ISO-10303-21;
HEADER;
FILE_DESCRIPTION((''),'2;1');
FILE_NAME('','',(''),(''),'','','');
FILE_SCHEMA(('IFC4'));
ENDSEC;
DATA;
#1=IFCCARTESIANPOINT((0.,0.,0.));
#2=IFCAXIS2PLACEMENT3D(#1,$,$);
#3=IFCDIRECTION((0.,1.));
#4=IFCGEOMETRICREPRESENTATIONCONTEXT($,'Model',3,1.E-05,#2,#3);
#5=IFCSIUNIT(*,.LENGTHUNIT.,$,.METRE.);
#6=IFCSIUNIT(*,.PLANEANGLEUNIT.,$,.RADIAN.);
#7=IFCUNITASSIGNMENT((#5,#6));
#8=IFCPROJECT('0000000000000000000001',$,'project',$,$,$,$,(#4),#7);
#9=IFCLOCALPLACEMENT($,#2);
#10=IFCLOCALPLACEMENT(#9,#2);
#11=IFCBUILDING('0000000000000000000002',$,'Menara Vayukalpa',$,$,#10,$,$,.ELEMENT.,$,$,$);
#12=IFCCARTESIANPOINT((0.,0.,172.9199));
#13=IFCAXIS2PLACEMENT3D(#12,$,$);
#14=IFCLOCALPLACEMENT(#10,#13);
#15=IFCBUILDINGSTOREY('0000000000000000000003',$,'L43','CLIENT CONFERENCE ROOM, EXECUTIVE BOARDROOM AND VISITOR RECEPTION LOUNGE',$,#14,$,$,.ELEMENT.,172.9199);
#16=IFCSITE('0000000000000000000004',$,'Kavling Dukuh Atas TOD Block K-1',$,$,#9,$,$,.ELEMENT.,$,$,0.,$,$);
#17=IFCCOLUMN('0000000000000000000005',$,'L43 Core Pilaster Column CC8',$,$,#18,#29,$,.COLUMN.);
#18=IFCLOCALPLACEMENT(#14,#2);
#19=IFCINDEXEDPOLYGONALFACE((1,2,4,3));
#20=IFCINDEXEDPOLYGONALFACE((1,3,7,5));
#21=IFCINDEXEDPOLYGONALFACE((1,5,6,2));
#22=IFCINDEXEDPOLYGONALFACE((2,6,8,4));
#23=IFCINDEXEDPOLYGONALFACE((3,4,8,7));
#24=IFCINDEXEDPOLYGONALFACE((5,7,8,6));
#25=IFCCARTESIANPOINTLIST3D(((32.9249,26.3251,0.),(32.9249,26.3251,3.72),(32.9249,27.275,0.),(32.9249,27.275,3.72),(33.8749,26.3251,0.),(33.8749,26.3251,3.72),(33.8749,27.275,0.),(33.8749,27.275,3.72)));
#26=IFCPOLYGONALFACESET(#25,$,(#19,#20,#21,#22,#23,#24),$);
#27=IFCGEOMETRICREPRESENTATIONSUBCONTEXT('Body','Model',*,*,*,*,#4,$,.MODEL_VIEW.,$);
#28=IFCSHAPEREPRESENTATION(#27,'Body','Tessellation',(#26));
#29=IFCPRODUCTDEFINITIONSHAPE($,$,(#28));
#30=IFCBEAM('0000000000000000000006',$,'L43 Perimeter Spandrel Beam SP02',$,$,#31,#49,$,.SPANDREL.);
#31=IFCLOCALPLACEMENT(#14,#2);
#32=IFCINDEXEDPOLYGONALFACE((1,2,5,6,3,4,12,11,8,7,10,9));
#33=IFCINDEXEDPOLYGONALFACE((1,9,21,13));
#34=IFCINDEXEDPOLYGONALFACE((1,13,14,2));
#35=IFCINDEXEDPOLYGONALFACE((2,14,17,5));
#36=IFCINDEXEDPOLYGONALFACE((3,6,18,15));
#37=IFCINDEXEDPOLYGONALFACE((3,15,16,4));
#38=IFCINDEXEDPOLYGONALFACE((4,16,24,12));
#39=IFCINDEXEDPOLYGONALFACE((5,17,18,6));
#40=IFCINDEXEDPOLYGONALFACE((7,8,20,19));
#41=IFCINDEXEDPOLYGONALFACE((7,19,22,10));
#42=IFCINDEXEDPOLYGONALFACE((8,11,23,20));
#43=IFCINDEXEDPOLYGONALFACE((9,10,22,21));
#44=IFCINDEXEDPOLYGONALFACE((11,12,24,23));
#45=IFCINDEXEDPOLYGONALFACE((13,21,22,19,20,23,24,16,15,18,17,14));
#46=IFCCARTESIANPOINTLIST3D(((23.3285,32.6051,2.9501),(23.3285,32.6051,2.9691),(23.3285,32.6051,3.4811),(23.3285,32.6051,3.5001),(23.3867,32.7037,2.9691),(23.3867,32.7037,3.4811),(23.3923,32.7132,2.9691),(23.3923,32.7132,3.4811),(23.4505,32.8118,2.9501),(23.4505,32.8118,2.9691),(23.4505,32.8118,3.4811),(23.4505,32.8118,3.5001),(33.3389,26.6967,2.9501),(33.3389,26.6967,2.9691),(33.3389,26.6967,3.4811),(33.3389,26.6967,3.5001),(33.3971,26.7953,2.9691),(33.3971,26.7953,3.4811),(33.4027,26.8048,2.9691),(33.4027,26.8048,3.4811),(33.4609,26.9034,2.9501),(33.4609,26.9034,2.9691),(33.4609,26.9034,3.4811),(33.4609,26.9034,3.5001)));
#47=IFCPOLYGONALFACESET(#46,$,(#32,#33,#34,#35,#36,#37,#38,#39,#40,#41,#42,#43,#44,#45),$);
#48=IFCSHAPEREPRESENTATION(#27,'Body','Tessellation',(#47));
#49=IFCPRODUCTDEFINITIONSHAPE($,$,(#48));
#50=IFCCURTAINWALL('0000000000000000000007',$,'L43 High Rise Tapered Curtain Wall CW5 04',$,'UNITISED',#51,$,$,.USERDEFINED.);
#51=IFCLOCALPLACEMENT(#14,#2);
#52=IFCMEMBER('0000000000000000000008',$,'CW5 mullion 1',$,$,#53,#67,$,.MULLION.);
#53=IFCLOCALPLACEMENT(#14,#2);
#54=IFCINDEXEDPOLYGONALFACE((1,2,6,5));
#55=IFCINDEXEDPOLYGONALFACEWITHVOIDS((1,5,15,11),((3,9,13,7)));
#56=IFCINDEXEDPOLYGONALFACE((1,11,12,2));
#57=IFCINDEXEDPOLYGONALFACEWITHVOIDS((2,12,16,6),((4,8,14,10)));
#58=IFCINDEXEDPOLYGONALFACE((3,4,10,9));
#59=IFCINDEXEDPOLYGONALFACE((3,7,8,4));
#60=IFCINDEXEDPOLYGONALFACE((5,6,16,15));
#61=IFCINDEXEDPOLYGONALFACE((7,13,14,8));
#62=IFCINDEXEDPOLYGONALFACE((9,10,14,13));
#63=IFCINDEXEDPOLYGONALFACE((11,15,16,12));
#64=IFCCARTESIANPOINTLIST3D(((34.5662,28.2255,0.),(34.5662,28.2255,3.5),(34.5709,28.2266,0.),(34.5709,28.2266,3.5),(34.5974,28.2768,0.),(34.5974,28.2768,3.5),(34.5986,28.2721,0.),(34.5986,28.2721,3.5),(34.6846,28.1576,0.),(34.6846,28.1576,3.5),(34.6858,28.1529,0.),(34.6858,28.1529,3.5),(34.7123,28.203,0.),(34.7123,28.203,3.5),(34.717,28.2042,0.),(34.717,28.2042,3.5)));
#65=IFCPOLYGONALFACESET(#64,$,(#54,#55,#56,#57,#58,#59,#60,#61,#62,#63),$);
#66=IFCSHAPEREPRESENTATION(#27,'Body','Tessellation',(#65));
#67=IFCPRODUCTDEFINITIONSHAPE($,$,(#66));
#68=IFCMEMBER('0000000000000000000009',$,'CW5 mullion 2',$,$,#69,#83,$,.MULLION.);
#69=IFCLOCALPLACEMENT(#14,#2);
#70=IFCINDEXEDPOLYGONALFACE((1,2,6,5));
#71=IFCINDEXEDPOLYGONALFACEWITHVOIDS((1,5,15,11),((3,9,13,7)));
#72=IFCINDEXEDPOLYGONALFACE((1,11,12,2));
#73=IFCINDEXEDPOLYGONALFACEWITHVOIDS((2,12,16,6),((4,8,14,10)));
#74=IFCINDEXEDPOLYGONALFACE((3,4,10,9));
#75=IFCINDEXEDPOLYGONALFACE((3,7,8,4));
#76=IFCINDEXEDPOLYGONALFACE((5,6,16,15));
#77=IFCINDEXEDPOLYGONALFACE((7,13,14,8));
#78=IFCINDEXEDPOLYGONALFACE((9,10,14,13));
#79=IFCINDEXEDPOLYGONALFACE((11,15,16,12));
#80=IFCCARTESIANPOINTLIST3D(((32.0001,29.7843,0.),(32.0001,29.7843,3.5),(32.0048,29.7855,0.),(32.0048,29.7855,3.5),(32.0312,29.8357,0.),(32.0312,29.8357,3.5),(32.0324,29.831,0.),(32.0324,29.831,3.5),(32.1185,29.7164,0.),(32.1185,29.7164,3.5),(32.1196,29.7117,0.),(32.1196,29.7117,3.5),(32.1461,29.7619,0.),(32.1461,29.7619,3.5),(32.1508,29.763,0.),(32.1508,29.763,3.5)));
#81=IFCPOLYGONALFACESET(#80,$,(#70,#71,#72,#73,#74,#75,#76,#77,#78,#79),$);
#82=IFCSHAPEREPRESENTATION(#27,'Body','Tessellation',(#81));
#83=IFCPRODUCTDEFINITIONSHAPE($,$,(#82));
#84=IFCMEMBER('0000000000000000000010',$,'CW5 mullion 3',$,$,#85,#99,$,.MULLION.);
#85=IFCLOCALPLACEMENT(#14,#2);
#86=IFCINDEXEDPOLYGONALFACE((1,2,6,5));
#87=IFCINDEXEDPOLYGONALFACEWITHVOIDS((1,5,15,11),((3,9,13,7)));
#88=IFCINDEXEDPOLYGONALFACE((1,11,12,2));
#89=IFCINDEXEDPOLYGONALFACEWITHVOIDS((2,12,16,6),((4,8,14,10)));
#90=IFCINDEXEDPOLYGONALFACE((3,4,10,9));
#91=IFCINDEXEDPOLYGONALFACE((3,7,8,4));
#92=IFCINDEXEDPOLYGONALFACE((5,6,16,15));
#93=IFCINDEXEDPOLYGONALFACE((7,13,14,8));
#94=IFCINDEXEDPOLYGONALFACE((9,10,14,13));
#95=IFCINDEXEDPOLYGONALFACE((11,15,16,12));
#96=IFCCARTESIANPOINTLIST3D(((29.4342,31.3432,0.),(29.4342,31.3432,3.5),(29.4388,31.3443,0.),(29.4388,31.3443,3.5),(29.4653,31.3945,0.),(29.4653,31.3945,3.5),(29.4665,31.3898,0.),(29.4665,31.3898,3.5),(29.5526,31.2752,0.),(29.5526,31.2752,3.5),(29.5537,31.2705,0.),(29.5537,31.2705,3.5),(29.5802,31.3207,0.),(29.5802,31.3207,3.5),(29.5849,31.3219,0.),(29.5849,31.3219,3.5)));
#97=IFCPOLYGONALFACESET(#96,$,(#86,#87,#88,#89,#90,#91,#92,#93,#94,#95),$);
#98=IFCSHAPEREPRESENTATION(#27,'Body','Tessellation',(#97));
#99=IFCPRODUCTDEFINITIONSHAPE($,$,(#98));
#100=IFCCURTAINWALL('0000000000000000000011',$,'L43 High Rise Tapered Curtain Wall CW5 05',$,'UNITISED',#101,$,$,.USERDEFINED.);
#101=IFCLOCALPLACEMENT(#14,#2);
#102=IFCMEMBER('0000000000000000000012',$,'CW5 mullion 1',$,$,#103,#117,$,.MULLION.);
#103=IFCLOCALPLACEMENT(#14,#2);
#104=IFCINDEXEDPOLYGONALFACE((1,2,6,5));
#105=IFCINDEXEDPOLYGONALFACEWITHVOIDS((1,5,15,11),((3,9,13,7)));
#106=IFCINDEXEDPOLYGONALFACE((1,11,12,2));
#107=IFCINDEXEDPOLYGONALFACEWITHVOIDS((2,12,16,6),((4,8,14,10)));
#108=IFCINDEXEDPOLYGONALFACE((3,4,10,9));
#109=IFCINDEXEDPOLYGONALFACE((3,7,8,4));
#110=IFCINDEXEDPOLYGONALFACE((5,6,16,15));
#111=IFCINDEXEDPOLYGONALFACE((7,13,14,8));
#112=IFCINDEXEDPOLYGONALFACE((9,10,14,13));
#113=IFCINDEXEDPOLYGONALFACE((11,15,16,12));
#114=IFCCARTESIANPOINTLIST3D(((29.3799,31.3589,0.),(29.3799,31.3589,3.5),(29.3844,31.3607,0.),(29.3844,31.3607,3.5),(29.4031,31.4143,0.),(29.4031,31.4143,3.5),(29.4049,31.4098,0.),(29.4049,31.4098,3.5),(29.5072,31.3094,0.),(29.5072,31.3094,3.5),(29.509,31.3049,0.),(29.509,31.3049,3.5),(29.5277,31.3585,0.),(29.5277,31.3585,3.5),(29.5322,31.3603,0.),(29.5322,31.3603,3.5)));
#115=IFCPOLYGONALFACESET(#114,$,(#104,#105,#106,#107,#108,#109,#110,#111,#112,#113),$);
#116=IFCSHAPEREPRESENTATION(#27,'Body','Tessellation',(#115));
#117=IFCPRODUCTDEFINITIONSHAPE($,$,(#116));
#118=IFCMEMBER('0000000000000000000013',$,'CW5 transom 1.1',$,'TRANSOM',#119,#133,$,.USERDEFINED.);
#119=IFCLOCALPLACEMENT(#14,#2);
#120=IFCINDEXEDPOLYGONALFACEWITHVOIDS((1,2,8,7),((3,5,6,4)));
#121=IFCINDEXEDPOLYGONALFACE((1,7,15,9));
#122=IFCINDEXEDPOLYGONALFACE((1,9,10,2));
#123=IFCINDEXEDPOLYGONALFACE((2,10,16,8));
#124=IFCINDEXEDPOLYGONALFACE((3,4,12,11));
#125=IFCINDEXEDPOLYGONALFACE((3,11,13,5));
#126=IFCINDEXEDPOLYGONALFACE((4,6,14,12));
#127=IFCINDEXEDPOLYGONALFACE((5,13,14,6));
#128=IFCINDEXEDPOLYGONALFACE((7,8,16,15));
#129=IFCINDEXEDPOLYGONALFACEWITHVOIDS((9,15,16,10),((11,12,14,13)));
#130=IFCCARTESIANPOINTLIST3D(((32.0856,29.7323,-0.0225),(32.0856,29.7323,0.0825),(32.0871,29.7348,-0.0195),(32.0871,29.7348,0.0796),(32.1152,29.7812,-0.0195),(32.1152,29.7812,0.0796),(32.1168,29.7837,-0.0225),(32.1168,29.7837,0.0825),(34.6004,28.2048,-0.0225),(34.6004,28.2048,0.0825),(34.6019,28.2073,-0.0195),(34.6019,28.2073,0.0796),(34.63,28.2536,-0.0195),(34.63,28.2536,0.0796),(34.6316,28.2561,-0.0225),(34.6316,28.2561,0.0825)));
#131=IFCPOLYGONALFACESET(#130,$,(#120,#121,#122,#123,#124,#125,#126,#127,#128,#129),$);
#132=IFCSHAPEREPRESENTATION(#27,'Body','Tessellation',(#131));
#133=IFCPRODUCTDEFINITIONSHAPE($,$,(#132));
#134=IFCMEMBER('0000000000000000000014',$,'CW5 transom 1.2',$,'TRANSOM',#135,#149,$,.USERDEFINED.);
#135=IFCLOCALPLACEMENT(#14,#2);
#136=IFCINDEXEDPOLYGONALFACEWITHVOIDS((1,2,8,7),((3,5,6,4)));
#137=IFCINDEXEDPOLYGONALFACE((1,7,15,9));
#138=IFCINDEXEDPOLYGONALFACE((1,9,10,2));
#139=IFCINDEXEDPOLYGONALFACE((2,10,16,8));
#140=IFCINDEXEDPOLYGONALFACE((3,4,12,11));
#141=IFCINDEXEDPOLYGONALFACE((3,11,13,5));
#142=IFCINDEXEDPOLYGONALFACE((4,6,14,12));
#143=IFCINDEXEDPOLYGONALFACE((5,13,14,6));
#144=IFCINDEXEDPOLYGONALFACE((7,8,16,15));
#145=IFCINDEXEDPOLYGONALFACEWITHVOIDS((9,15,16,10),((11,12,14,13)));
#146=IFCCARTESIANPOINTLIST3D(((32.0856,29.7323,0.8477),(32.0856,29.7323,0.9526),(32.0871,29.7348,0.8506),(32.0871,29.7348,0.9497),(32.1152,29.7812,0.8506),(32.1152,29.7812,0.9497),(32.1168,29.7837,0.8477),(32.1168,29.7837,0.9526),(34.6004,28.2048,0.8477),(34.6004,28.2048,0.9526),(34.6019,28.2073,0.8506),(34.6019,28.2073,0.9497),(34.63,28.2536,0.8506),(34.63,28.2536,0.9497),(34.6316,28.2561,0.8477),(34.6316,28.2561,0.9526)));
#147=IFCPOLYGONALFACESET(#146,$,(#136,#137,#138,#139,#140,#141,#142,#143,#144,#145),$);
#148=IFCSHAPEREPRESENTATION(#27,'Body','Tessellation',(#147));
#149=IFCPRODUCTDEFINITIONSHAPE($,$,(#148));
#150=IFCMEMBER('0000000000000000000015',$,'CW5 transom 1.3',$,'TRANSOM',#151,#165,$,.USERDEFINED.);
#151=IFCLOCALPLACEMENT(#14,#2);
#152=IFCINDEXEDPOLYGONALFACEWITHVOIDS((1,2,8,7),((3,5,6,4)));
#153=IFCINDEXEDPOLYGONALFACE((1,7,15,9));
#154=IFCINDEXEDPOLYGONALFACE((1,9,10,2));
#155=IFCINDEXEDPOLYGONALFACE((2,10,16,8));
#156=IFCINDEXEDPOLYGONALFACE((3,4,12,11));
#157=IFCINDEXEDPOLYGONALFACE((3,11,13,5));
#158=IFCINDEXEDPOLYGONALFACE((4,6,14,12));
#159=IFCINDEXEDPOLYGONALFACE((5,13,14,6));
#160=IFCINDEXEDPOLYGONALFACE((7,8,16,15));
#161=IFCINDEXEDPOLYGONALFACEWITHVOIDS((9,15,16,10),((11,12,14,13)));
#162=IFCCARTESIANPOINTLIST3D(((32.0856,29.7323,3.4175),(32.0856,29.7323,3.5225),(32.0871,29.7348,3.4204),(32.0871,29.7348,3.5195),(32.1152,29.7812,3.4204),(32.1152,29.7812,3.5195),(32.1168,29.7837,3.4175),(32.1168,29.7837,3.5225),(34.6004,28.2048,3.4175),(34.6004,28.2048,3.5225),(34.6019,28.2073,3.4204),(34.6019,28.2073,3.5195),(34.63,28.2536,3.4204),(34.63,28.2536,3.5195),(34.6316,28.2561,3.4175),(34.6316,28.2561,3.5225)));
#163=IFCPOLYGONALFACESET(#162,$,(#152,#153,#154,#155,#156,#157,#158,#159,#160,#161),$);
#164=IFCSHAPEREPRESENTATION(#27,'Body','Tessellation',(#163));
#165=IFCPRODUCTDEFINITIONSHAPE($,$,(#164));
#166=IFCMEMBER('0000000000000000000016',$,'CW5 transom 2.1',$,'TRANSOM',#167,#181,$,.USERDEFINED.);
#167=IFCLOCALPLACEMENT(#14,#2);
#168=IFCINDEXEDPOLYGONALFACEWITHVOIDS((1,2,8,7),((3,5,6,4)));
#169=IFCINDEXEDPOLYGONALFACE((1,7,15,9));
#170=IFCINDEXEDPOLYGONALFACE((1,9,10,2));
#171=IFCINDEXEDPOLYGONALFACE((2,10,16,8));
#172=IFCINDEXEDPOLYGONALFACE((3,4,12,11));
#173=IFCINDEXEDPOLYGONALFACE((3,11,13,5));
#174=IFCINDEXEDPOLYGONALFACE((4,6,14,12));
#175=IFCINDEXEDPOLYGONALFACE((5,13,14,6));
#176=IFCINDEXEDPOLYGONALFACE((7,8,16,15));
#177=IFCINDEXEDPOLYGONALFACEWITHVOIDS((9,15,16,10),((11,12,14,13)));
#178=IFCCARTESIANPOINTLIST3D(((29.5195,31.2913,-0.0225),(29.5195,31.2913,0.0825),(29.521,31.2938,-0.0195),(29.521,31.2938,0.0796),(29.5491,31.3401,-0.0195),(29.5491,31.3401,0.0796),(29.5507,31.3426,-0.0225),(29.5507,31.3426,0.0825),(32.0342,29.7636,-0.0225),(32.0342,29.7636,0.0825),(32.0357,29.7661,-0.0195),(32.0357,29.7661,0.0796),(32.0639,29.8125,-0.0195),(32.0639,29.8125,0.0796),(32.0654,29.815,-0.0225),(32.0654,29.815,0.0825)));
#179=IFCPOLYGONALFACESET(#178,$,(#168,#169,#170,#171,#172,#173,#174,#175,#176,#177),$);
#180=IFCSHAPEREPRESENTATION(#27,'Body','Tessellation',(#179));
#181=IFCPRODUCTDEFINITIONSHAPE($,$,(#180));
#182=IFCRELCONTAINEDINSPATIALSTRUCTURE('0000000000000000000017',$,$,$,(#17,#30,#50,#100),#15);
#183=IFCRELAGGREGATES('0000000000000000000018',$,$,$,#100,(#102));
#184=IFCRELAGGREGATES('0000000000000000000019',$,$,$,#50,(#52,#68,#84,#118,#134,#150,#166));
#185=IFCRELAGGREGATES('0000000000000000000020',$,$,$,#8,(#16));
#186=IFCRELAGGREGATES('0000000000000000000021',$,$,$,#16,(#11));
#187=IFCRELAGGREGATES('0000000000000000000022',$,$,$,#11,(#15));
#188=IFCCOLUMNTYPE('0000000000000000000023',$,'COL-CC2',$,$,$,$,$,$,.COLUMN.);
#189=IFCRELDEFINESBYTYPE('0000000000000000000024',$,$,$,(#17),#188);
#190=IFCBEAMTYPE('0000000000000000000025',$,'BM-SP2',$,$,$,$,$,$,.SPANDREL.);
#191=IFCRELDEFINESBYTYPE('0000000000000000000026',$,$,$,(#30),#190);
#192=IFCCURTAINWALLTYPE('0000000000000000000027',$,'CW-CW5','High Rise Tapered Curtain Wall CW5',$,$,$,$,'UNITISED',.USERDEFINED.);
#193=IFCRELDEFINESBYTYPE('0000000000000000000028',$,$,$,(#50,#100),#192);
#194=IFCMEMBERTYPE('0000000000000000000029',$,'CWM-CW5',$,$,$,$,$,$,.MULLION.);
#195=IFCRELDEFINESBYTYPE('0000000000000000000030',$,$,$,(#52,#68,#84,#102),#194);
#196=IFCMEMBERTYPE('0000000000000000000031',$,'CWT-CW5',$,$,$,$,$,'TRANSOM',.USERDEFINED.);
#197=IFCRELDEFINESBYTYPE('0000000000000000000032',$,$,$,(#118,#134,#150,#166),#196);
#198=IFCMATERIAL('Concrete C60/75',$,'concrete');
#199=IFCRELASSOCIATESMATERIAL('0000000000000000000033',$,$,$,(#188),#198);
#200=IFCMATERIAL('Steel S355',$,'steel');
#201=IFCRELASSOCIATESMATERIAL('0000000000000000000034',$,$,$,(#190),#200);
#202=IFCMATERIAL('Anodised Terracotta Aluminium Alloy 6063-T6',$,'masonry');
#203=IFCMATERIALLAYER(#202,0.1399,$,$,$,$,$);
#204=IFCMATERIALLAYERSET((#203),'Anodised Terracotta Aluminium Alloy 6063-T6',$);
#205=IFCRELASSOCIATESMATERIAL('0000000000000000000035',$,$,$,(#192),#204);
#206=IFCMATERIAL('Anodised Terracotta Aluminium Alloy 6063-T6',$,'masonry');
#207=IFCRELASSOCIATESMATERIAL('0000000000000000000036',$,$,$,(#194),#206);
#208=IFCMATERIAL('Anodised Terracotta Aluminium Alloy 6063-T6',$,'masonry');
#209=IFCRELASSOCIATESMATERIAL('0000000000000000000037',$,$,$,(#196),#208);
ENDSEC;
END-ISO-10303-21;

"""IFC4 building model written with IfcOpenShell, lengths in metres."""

from ifc_helpers import new_model, si_unit, direction, frame, origin, origin_2d, place, context, subcontext, project, spatial, rectangle, hollow_rectangle, i_section, extrude, material, layer, layer_set, material_profile, profile_set, type_object, element, aggregate, save


model = new_model("IFC4")

# Units and contexts
model_context = context("Model", 3, precision=1e-05, world=origin(), true_north=direction((0.0, 1.0)))
body_context = subcontext(model_context, "Body", "Model", "MODEL_VIEW")
ifc_project = project(units=[si_unit("LENGTHUNIT", "METRE"), si_unit("PLANEANGLEUNIT", "RADIAN")], contexts=[model_context])

# Site, building, storey
site_placement = place(None, origin())
site = spatial("IfcSite", under=ifc_project, at=site_placement, Name="Kavling Dukuh Atas TOD Block K-1", CompositionType="ELEMENT", RefElevation=0.0)
building_placement = place(site_placement, origin())
building = spatial("IfcBuilding", under=site, at=building_placement, Name="Menara Vayukalpa", CompositionType="ELEMENT")
storey_placement = place(building_placement, frame((0.0, 0.0, 172.9199)))
storey = spatial("IfcBuildingStorey", under=building, at=storey_placement, Name="L43", Description="CLIENT CONFERENCE ROOM, EXECUTIVE BOARDROOM AND VISITOR RECEPTION LOUNGE", CompositionType="ELEMENT", Elevation=172.9199)

# Column
ifc_material_1 = material(Name="Concrete C60/75", Category="concrete")
ifc_material_profile_1 = material_profile(ifc_material_1, rectangle(XDim=0.95, YDim=0.95, at=origin_2d()), Name="RC 950x950")
ifc_profile_set_1 = profile_set([ifc_material_profile_1], Name="Concrete C60/75")
column_type = type_object("IfcColumnType", Name="COL-CC2", PredefinedType="COLUMN", material=ifc_profile_set_1)
column_placement = place(storey_placement, frame((33.3999, 26.8, 0.0), z_axis=(0.0, 0.0, 1.0), x_axis=(1.0, 0.0, 0.0)))
element("IfcColumn", 1, at=column_placement, inside=storey, type_object=column_type, Name="L43 Core Pilaster Column CC8", PredefinedType="COLUMN", context=body_context, shape_type="SweptSolid", body=[
    extrude(rectangle(XDim=0.95, YDim=0.95, at=origin_2d()), origin(), (0.0, 0.0, 1.0), 3.72),
])

# Beam
ifc_material_2 = material(Name="Steel S355", Category="steel")
ifc_material_profile_2 = material_profile(ifc_material_2, i_section(OverallWidth=0.24, OverallDepth=0.55, WebThickness=0.011, FlangeThickness=0.019, at=origin_2d()), Name="WF 550x240x11x19")
ifc_profile_set_2 = profile_set([ifc_material_profile_2], Name="Steel S355")
beam_type = type_object("IfcBeamType", Name="BM-SP2", PredefinedType="SPANDREL", material=ifc_profile_set_2)
beam_placement = place(storey_placement, frame((33.3999, 26.8, 3.2251), z_axis=(-0.861184, 0.508293, 0.0), x_axis=(-0.508293, -0.861184, 0.0)))
element("IfcBeam", 2, at=beam_placement, inside=storey, type_object=beam_type, Name="L43 Perimeter Spandrel Beam SP02", PredefinedType="SPANDREL", context=body_context, shape_type="SweptSolid", body=[
    extrude(i_section(OverallWidth=0.24, OverallDepth=0.55, WebThickness=0.011, FlangeThickness=0.019, at=origin_2d()), origin(), (0.0, 0.0, 1.0), 11.624),
])

# Curtain wall, members
ifc_material_3 = material(Name="Anodised Terracotta Aluminium Alloy 6063-T6", Category="masonry")
ifc_layer_1 = layer(ifc_material_3, 0.1399)
ifc_layer_set_1 = layer_set([ifc_layer_1], Name="Anodised Terracotta Aluminium Alloy 6063-T6")
curtain_wall_type = type_object("IfcCurtainWallType", Name="CW-CW5", Description="High Rise Tapered Curtain Wall CW5", ElementType="UNITISED", PredefinedType="USERDEFINED", material=ifc_layer_set_1)
curtain_wall_1_placement = place(storey_placement, origin())
curtain_wall_1 = element("IfcCurtainWall", 3, at=curtain_wall_1_placement, inside=storey, type_object=curtain_wall_type, Name="L43 High Rise Tapered Curtain Wall CW5 04", ObjectType="UNITISED", PredefinedType="USERDEFINED")
ifc_material_4 = material(Name="Anodised Terracotta Aluminium Alloy 6063-T6", Category="masonry")
ifc_material_profile_3 = material_profile(ifc_material_4, hollow_rectangle(XDim=0.0601, YDim=0.1399, WallThickness=0.0034, at=origin_2d()), Name="ALU 60x140x3.5")
ifc_profile_set_3 = profile_set([ifc_material_profile_3], Name="Anodised Terracotta Aluminium Alloy 6063-T6")
member_type_1 = type_object("IfcMemberType", Name="CWM-CW5", PredefinedType="MULLION", material=ifc_profile_set_3)
member_1_placement = place(storey_placement, frame((34.6416, 28.2148, 0.0), z_axis=(0.0, 0.0, 1.0), x_axis=(-0.51918, -0.854665, 0.0)))
member_1 = element("IfcMember", 4, at=member_1_placement, type_object=member_type_1, Name="CW5 mullion 1", PredefinedType="MULLION", context=body_context, shape_type="SweptSolid", body=[
    extrude(hollow_rectangle(XDim=0.0601, YDim=0.1399, WallThickness=0.0034, at=origin_2d()), origin(), (0.0, 0.0, 1.0), 3.5),
])
member_2_placement = place(storey_placement, frame((32.0754, 29.7737, 0.0), z_axis=(0.0, 0.0, 1.0), x_axis=(-0.51918, -0.854665, 0.0)))
member_2 = element("IfcMember", 5, at=member_2_placement, type_object=member_type_1, Name="CW5 mullion 2", PredefinedType="MULLION", context=body_context, shape_type="SweptSolid", body=[
    extrude(hollow_rectangle(XDim=0.0601, YDim=0.1399, WallThickness=0.0034, at=origin_2d()), origin(), (0.0, 0.0, 1.0), 3.5),
])
member_3_placement = place(storey_placement, frame((29.5095, 31.3325, 0.0), z_axis=(0.0, 0.0, 1.0), x_axis=(-0.51918, -0.854665, 0.0)))
member_3 = element("IfcMember", 6, at=member_3_placement, type_object=member_type_1, Name="CW5 mullion 3", PredefinedType="MULLION", context=body_context, shape_type="SweptSolid", body=[
    extrude(hollow_rectangle(XDim=0.0601, YDim=0.1399, WallThickness=0.0034, at=origin_2d()), origin(), (0.0, 0.0, 1.0), 3.5),
])

# Curtain wall, member
curtain_wall_2_placement = place(storey_placement, origin())
curtain_wall_2 = element("IfcCurtainWall", 7, at=curtain_wall_2_placement, inside=storey, type_object=curtain_wall_type, Name="L43 High Rise Tapered Curtain Wall CW5 05", ObjectType="UNITISED", PredefinedType="USERDEFINED")
member_4_placement = place(storey_placement, frame((29.4561, 31.3596, 0.0), z_axis=(0.0, 0.0, 1.0), x_axis=(-0.385903, -0.922539, 0.0)))
member_4 = element("IfcMember", 8, at=member_4_placement, type_object=member_type_1, Name="CW5 mullion 1", PredefinedType="MULLION", context=body_context, shape_type="SweptSolid", body=[
    extrude(hollow_rectangle(XDim=0.0601, YDim=0.1399, WallThickness=0.0034, at=origin_2d()), origin(), (0.0, 0.0, 1.0), 3.5),
])

# Members
ifc_material_5 = material(Name="Anodised Terracotta Aluminium Alloy 6063-T6", Category="masonry")
ifc_material_profile_4 = material_profile(ifc_material_5, hollow_rectangle(XDim=0.0601, YDim=0.105, WallThickness=0.0029, at=origin_2d()), Name="ALU 60x105x3")
ifc_profile_set_4 = profile_set([ifc_material_profile_4], Name="Anodised Terracotta Aluminium Alloy 6063-T6")
member_type_2 = type_object("IfcMemberType", Name="CWT-CW5", ElementType="TRANSOM", PredefinedType="USERDEFINED", material=ifc_profile_set_4)
member_5_placement = place(storey_placement, frame((34.616, 28.2305, 0.03), z_axis=(-0.854684, 0.519149, 0.0), x_axis=(-0.519149, -0.854684, 0.0)))
member_5 = element("IfcMember", 9, at=member_5_placement, type_object=member_type_2, Name="CW5 transom 1.1", ObjectType="TRANSOM", PredefinedType="USERDEFINED", context=body_context, shape_type="SweptSolid", body=[
    extrude(hollow_rectangle(XDim=0.0601, YDim=0.105, WallThickness=0.0029, at=origin_2d()), origin(), (0.0, 0.0, 1.0), 2.9424),
])
member_6_placement = place(storey_placement, frame((34.616, 28.2305, 0.9001), z_axis=(-0.854684, 0.519149, 0.0), x_axis=(-0.519149, -0.854684, 0.0)))
member_6 = element("IfcMember", 10, at=member_6_placement, type_object=member_type_2, Name="CW5 transom 1.2", ObjectType="TRANSOM", PredefinedType="USERDEFINED", context=body_context, shape_type="SweptSolid", body=[
    extrude(hollow_rectangle(XDim=0.0601, YDim=0.105, WallThickness=0.0029, at=origin_2d()), origin(), (0.0, 0.0, 1.0), 2.9424),
])
member_7_placement = place(storey_placement, frame((34.616, 28.2305, 3.47), z_axis=(-0.854684, 0.519149, 0.0), x_axis=(-0.519149, -0.854684, 0.0)))
member_7 = element("IfcMember", 11, at=member_7_placement, type_object=member_type_2, Name="CW5 transom 1.3", ObjectType="TRANSOM", PredefinedType="USERDEFINED", context=body_context, shape_type="SweptSolid", body=[
    extrude(hollow_rectangle(XDim=0.0601, YDim=0.105, WallThickness=0.0029, at=origin_2d()), origin(), (0.0, 0.0, 1.0), 2.9424),
])
member_8_placement = place(storey_placement, frame((32.0498, 29.7893, 0.03), z_axis=(-0.854661, 0.519186, 0.0), x_axis=(-0.519186, -0.854661, 0.0)))
member_8 = element("IfcMember", 12, at=member_8_placement, type_object=member_type_2, Name="CW5 transom 2.1", ObjectType="TRANSOM", PredefinedType="USERDEFINED", context=body_context, shape_type="SweptSolid", body=[
    extrude(hollow_rectangle(XDim=0.0601, YDim=0.105, WallThickness=0.0029, at=origin_2d()), origin(), (0.0, 0.0, 1.0), 2.9424),
])
aggregate(curtain_wall_2, [member_4])

aggregate(curtain_wall_1, [member_1, member_2, member_3, member_5, member_6, member_7, member_8])

save(model, "model.ifc")
